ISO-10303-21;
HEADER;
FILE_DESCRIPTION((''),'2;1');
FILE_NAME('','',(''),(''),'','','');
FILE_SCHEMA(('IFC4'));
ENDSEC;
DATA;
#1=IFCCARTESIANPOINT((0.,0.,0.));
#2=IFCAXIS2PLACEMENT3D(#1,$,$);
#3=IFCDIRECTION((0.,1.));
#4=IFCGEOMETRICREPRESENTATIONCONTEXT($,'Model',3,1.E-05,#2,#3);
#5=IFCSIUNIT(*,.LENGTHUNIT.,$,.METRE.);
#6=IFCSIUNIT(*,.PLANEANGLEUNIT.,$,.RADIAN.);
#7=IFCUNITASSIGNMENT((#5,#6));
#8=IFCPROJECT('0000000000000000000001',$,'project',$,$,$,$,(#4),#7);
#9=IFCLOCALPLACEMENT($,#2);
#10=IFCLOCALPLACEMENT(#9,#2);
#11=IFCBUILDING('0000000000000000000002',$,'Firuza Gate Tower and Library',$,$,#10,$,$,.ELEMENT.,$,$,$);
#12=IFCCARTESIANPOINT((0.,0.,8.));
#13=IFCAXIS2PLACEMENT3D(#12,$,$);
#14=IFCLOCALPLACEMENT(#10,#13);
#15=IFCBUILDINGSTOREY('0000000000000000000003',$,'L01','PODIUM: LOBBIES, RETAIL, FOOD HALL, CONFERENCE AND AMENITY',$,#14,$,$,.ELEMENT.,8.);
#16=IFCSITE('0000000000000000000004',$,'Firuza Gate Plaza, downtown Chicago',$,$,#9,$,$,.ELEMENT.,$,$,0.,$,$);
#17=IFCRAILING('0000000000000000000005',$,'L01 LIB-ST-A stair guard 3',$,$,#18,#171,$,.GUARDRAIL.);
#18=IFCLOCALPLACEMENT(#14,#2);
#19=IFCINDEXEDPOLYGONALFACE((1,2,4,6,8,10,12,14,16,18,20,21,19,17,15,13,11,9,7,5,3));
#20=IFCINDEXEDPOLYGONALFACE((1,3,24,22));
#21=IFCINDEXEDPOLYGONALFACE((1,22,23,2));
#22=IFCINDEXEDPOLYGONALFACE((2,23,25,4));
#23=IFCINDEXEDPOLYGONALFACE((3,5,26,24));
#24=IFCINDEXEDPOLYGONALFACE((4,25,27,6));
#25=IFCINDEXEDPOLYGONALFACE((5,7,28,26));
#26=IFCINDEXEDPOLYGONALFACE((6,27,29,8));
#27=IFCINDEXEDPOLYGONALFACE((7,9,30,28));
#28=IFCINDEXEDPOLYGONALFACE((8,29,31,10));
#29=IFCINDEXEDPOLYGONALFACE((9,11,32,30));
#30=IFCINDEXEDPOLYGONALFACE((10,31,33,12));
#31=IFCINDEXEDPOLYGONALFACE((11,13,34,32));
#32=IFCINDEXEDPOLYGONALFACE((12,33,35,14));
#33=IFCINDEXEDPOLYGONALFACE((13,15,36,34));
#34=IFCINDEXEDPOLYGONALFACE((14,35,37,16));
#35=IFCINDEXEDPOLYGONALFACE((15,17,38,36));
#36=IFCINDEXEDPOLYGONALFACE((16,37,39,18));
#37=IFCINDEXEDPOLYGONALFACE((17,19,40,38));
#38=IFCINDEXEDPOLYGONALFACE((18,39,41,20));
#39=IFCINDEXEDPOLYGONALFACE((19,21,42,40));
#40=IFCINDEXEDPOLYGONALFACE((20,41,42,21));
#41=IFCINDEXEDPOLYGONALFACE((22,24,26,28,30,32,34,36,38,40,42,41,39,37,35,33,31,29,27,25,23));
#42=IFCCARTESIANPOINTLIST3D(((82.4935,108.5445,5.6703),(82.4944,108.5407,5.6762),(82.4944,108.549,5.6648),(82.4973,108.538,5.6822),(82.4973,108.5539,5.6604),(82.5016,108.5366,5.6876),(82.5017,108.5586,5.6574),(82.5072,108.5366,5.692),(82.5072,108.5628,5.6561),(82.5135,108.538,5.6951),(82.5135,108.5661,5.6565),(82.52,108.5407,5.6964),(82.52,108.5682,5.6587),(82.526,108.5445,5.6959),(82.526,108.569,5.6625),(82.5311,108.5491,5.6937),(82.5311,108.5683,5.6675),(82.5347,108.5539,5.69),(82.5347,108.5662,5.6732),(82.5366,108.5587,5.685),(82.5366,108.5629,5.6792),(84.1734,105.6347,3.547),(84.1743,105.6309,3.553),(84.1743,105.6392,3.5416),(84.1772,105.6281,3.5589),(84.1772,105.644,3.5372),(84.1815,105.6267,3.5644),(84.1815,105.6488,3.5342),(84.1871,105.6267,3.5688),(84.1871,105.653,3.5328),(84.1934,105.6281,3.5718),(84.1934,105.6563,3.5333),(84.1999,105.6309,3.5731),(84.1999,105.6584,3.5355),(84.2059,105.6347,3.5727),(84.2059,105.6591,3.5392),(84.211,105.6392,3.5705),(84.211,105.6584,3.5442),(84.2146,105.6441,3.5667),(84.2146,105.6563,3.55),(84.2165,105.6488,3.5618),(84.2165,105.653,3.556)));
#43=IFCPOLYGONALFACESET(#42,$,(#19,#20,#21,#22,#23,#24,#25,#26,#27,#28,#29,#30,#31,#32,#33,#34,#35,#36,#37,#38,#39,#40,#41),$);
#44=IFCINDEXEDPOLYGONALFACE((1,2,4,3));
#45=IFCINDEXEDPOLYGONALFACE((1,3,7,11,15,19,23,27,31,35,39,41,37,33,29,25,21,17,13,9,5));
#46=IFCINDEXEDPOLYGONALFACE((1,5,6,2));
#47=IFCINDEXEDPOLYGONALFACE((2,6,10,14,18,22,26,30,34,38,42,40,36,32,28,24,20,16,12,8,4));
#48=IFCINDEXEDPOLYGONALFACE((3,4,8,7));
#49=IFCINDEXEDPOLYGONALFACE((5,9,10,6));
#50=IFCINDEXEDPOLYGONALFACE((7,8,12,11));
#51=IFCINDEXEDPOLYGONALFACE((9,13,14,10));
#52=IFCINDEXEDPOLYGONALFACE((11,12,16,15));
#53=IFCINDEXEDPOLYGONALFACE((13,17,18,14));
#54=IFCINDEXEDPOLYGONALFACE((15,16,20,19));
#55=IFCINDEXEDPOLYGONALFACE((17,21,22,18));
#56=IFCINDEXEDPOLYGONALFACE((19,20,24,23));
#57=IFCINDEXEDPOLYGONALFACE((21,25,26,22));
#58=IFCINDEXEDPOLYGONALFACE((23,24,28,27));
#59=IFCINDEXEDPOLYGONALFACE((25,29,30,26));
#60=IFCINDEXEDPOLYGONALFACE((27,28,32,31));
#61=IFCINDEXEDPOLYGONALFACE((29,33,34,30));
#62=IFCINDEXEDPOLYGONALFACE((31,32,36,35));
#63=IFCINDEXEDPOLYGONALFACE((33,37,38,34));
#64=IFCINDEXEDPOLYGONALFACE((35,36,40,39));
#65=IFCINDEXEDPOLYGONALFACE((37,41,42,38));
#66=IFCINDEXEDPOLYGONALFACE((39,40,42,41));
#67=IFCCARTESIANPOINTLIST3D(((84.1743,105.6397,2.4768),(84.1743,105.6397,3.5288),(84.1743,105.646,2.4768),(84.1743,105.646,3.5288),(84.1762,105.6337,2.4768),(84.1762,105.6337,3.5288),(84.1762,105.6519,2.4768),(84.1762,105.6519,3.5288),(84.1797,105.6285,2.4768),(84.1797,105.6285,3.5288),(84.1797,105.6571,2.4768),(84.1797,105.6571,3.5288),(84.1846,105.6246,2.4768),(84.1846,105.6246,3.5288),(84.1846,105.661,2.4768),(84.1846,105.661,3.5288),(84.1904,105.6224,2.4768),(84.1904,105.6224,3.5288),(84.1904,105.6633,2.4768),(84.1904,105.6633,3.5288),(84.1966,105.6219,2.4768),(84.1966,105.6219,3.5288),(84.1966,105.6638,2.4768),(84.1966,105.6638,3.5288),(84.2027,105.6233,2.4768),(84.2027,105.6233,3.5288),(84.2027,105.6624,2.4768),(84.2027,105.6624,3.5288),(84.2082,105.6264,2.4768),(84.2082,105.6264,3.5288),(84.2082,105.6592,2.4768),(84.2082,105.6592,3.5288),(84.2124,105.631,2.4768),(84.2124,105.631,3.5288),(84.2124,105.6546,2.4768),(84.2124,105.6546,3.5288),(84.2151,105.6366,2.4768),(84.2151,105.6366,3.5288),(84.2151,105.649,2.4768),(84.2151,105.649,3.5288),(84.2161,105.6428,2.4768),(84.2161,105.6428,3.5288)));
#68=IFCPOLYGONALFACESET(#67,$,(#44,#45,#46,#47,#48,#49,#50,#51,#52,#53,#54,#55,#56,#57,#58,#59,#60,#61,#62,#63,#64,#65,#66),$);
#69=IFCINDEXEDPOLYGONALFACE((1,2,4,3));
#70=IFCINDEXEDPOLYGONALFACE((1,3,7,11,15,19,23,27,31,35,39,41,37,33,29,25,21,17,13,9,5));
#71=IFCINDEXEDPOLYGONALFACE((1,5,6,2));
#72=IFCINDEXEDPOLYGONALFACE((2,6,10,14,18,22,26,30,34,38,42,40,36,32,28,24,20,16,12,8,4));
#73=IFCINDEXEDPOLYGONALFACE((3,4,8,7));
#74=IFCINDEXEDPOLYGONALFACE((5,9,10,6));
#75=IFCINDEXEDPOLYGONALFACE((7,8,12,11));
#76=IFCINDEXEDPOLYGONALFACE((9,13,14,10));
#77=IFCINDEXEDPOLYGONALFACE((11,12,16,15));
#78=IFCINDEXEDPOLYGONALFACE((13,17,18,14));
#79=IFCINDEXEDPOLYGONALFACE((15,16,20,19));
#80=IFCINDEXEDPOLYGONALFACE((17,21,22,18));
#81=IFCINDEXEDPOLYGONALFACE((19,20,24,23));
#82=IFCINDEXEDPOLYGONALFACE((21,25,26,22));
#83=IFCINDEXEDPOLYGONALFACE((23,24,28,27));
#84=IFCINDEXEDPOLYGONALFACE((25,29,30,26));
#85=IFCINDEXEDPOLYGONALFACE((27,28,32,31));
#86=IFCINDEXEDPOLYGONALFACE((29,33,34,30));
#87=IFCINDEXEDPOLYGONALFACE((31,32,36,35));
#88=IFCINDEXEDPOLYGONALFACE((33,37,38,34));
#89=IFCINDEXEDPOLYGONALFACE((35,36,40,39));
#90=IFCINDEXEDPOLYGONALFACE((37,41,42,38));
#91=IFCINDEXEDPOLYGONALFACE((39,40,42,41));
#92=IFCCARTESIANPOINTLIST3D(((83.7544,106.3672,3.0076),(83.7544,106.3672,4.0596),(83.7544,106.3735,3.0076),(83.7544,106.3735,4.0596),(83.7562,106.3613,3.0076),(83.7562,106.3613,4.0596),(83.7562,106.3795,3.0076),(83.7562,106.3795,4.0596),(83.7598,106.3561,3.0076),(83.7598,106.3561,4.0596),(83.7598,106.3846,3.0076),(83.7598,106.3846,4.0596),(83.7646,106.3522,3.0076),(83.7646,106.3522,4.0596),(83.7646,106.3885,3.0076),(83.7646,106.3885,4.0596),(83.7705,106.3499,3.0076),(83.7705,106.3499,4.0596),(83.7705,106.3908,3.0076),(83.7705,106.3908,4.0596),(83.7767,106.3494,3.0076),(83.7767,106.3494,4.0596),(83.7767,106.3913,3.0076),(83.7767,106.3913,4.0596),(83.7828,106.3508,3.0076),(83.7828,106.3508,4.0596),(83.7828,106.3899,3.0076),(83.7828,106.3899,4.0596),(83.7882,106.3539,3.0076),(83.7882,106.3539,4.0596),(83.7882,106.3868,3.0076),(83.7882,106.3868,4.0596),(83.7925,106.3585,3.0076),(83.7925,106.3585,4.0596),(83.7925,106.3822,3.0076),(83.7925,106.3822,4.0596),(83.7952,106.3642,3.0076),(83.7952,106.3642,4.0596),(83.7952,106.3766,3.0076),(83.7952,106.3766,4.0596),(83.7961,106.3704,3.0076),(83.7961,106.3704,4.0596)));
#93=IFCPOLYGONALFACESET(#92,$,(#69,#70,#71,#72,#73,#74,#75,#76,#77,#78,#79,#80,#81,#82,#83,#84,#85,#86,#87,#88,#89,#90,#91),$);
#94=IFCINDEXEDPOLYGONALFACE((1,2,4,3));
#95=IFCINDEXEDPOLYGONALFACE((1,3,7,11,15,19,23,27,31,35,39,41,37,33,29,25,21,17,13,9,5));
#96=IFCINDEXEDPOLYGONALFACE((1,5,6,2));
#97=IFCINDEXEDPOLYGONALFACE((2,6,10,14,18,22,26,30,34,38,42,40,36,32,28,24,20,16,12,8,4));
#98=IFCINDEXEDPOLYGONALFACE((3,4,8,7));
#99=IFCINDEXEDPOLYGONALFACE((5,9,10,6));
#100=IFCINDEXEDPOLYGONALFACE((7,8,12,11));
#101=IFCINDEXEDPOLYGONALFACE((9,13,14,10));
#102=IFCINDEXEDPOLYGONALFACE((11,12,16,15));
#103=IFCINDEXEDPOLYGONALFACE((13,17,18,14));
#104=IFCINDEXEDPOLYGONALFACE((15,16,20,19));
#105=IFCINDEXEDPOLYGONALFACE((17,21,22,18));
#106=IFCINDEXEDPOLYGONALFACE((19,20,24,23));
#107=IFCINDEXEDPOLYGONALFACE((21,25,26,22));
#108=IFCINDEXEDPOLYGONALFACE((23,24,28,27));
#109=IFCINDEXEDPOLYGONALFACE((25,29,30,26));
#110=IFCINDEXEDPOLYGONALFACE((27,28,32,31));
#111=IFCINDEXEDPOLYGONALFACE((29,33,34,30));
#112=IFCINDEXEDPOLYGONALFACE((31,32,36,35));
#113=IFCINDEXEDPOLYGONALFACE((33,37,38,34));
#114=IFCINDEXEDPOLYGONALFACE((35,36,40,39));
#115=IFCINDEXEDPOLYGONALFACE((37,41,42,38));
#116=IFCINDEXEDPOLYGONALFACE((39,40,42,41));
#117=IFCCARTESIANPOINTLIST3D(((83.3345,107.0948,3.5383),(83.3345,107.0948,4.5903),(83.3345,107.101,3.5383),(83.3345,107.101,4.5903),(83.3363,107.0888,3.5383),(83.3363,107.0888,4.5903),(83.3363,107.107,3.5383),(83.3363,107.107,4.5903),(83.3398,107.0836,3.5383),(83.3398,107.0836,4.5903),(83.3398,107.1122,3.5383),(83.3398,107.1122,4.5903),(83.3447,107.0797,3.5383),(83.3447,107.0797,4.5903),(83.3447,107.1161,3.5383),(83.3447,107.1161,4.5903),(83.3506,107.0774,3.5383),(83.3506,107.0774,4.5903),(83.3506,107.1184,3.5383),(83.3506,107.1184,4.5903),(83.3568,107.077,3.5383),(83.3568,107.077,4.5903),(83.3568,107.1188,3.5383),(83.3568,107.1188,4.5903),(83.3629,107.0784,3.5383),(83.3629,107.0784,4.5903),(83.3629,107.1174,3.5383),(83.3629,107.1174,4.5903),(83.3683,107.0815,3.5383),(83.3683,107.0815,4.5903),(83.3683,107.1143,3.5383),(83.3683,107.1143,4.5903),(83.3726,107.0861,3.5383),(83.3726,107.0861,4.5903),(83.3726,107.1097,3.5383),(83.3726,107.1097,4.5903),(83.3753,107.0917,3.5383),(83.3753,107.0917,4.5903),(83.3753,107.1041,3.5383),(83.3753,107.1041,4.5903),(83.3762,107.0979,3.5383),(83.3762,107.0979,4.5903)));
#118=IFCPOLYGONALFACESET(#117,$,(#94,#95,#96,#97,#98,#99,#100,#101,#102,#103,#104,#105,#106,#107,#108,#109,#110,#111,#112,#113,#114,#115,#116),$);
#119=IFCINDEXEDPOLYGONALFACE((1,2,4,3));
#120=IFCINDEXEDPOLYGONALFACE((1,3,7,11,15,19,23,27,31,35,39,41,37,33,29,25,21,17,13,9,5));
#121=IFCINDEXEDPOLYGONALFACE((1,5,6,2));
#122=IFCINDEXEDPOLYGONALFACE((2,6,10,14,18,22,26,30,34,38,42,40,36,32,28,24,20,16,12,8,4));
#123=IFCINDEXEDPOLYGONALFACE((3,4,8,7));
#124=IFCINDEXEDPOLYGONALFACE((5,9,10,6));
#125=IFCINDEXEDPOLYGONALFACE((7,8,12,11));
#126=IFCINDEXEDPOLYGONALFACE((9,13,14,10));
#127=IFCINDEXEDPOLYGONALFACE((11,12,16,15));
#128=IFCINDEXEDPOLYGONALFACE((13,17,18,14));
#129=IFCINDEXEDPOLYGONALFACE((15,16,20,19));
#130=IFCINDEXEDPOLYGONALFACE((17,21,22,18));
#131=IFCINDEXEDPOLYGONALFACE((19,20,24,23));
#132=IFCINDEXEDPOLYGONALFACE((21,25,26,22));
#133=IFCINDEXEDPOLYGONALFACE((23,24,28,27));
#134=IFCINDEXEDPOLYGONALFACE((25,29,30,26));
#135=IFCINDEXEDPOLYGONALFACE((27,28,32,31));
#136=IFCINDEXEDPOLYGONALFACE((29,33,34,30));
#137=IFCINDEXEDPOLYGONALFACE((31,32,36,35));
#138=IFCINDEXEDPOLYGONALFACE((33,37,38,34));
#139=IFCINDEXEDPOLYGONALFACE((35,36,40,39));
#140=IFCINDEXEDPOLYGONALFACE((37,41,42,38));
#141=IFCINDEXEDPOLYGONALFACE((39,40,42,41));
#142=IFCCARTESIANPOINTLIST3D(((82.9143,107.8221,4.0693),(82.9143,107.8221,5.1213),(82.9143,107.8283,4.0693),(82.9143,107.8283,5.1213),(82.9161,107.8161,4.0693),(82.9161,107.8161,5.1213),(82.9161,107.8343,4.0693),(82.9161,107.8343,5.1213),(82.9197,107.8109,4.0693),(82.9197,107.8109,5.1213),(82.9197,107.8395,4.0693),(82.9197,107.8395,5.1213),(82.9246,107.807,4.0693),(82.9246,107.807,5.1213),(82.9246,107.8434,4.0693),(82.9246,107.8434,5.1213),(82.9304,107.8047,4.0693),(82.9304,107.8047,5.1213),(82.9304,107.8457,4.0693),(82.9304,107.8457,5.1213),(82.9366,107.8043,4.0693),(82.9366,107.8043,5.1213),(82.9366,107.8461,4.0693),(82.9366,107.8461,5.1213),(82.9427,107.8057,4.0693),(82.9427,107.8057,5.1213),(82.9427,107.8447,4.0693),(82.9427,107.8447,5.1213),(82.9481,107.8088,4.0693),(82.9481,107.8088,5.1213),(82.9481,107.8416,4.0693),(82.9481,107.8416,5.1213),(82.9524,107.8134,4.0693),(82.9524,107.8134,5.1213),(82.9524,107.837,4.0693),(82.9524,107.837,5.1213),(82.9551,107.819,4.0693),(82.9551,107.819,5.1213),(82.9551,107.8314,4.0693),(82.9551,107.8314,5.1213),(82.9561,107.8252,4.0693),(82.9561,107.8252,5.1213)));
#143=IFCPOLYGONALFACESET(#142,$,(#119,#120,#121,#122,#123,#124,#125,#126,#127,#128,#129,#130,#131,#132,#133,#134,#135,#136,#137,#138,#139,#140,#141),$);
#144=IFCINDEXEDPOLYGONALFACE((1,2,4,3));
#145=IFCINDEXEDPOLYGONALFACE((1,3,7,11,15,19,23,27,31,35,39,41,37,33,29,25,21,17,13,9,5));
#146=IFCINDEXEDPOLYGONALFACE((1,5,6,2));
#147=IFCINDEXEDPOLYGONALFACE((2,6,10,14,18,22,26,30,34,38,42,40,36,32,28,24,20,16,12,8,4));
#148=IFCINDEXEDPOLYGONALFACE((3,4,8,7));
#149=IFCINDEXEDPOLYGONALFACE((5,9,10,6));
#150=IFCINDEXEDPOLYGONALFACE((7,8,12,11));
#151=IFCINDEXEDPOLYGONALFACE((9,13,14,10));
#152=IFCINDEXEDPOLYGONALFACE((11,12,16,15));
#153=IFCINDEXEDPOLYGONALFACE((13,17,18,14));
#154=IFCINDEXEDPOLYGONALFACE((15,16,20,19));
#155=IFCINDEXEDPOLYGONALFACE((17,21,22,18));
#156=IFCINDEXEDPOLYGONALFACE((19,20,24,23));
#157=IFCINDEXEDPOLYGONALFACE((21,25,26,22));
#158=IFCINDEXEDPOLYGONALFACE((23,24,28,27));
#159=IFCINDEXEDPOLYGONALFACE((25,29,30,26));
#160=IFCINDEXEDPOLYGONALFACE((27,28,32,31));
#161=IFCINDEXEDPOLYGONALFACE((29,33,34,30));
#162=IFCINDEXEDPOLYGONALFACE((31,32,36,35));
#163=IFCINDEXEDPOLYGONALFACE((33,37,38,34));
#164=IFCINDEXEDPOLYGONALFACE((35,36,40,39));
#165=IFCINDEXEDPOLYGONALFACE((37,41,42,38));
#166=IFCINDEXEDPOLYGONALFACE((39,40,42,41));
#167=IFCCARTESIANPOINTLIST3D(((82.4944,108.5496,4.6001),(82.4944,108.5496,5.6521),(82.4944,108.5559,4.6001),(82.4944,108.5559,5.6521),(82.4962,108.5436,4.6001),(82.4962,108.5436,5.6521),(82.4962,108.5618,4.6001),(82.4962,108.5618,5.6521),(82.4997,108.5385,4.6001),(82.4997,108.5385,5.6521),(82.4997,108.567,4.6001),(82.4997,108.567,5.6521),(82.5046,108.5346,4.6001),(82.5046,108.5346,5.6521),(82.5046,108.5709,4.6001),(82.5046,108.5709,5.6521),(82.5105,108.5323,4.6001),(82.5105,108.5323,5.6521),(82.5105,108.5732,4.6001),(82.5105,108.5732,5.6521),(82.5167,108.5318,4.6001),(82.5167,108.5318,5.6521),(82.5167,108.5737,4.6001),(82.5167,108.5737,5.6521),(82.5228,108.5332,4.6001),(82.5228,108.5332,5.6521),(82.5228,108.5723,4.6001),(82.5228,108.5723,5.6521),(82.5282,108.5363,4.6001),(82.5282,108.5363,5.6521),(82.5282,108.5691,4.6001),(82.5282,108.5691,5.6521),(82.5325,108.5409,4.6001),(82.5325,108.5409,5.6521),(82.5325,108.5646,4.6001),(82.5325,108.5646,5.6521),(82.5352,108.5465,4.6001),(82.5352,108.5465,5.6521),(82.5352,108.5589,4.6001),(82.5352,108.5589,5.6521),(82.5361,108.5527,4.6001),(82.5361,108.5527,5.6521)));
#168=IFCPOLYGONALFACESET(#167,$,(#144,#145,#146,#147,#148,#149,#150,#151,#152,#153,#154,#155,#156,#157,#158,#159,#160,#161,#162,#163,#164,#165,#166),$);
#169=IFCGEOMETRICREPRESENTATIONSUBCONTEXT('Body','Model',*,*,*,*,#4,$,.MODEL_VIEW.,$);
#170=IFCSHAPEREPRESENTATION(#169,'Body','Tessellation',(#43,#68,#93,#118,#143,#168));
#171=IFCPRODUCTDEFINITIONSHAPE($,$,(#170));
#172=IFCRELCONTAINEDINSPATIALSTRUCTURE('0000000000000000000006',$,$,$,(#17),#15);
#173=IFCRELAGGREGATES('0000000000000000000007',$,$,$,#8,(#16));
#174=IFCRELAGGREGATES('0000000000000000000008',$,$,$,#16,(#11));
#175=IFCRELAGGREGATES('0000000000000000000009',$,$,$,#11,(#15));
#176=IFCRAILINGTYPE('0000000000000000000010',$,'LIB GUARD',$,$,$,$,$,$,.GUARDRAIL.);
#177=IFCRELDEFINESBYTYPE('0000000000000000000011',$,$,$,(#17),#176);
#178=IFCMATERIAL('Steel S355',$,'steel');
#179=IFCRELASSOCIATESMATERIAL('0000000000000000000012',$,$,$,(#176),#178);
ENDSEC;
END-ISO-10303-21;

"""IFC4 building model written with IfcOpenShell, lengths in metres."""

from ifc_helpers import new_model, si_unit, direction, frame, origin, origin_2d, place, context, subcontext, project, spatial, circle, extrude, material, type_object, element, save


model = new_model("IFC4")

# Units and contexts
model_context = context("Model", 3, precision=1e-05, world=origin(), true_north=direction((0.0, 1.0)))
body_context = subcontext(model_context, "Body", "Model", "MODEL_VIEW")
ifc_project = project(units=[si_unit("LENGTHUNIT", "METRE"), si_unit("PLANEANGLEUNIT", "RADIAN")], contexts=[model_context])

# Site, building, storey
site_placement = place(None, origin())
site = spatial("IfcSite", under=ifc_project, at=site_placement, Name="Firuza Gate Plaza, downtown Chicago", CompositionType="ELEMENT", RefElevation=0.0)
building_placement = place(site_placement, origin())
building = spatial("IfcBuilding", under=site, at=building_placement, Name="Firuza Gate Tower and Library", CompositionType="ELEMENT")
storey_placement = place(building_placement, frame((0.0, 0.0, 8.0)))
storey = spatial("IfcBuildingStorey", under=building, at=storey_placement, Name="L01", Description="PODIUM: LOBBIES, RETAIL, FOOD HALL, CONFERENCE AND AMENITY", CompositionType="ELEMENT", Elevation=8.0)

# Railing
ifc_material_1 = material(Name="Steel S355", Category="steel")
railing_type_1 = type_object("IfcRailingType", Name="LIB GUARD", PredefinedType="GUARDRAIL", material=ifc_material_1)
railing_1_placement = place(storey_placement, frame((84.1951, 105.6428, 2.4768)))
element("IfcRailing", 1, at=railing_1_placement, inside=storey, type_object=railing_type_1, Name="L01 LIB-ST-A stair guard 3", PredefinedType="GUARDRAIL", context=body_context, shape_type="SweptSolid", body=[
    extrude(circle(Radius=0.0239, at=origin_2d()), frame((0.0, 0.0, 1.0762), z_axis=(-0.422658, 0.732111, 0.534204), x_axis=(-0.866039, -0.499976, 0.0)), (0.0, 0.0, 1.0), 3.9746),
    extrude(circle(Radius=0.021, at=origin_2d()), origin(), (0.0, 0.0, 1.0), 1.052),
    extrude(circle(Radius=0.021, at=origin_2d()), frame((-0.4199, 0.7275, 0.5308)), (0.0, 0.0, 1.0), 1.052),
    extrude(circle(Radius=0.021, at=origin_2d()), frame((-0.8398, 1.4551, 1.0615)), (0.0, 0.0, 1.0), 1.052),
    extrude(circle(Radius=0.021, at=origin_2d()), frame((-1.26, 2.1824, 1.5925)), (0.0, 0.0, 1.0), 1.052),
    extrude(circle(Radius=0.021, at=origin_2d()), frame((-1.6799, 2.9099, 2.1233)), (0.0, 0.0, 1.0), 1.052),
])

save(model, "model.ifc")
